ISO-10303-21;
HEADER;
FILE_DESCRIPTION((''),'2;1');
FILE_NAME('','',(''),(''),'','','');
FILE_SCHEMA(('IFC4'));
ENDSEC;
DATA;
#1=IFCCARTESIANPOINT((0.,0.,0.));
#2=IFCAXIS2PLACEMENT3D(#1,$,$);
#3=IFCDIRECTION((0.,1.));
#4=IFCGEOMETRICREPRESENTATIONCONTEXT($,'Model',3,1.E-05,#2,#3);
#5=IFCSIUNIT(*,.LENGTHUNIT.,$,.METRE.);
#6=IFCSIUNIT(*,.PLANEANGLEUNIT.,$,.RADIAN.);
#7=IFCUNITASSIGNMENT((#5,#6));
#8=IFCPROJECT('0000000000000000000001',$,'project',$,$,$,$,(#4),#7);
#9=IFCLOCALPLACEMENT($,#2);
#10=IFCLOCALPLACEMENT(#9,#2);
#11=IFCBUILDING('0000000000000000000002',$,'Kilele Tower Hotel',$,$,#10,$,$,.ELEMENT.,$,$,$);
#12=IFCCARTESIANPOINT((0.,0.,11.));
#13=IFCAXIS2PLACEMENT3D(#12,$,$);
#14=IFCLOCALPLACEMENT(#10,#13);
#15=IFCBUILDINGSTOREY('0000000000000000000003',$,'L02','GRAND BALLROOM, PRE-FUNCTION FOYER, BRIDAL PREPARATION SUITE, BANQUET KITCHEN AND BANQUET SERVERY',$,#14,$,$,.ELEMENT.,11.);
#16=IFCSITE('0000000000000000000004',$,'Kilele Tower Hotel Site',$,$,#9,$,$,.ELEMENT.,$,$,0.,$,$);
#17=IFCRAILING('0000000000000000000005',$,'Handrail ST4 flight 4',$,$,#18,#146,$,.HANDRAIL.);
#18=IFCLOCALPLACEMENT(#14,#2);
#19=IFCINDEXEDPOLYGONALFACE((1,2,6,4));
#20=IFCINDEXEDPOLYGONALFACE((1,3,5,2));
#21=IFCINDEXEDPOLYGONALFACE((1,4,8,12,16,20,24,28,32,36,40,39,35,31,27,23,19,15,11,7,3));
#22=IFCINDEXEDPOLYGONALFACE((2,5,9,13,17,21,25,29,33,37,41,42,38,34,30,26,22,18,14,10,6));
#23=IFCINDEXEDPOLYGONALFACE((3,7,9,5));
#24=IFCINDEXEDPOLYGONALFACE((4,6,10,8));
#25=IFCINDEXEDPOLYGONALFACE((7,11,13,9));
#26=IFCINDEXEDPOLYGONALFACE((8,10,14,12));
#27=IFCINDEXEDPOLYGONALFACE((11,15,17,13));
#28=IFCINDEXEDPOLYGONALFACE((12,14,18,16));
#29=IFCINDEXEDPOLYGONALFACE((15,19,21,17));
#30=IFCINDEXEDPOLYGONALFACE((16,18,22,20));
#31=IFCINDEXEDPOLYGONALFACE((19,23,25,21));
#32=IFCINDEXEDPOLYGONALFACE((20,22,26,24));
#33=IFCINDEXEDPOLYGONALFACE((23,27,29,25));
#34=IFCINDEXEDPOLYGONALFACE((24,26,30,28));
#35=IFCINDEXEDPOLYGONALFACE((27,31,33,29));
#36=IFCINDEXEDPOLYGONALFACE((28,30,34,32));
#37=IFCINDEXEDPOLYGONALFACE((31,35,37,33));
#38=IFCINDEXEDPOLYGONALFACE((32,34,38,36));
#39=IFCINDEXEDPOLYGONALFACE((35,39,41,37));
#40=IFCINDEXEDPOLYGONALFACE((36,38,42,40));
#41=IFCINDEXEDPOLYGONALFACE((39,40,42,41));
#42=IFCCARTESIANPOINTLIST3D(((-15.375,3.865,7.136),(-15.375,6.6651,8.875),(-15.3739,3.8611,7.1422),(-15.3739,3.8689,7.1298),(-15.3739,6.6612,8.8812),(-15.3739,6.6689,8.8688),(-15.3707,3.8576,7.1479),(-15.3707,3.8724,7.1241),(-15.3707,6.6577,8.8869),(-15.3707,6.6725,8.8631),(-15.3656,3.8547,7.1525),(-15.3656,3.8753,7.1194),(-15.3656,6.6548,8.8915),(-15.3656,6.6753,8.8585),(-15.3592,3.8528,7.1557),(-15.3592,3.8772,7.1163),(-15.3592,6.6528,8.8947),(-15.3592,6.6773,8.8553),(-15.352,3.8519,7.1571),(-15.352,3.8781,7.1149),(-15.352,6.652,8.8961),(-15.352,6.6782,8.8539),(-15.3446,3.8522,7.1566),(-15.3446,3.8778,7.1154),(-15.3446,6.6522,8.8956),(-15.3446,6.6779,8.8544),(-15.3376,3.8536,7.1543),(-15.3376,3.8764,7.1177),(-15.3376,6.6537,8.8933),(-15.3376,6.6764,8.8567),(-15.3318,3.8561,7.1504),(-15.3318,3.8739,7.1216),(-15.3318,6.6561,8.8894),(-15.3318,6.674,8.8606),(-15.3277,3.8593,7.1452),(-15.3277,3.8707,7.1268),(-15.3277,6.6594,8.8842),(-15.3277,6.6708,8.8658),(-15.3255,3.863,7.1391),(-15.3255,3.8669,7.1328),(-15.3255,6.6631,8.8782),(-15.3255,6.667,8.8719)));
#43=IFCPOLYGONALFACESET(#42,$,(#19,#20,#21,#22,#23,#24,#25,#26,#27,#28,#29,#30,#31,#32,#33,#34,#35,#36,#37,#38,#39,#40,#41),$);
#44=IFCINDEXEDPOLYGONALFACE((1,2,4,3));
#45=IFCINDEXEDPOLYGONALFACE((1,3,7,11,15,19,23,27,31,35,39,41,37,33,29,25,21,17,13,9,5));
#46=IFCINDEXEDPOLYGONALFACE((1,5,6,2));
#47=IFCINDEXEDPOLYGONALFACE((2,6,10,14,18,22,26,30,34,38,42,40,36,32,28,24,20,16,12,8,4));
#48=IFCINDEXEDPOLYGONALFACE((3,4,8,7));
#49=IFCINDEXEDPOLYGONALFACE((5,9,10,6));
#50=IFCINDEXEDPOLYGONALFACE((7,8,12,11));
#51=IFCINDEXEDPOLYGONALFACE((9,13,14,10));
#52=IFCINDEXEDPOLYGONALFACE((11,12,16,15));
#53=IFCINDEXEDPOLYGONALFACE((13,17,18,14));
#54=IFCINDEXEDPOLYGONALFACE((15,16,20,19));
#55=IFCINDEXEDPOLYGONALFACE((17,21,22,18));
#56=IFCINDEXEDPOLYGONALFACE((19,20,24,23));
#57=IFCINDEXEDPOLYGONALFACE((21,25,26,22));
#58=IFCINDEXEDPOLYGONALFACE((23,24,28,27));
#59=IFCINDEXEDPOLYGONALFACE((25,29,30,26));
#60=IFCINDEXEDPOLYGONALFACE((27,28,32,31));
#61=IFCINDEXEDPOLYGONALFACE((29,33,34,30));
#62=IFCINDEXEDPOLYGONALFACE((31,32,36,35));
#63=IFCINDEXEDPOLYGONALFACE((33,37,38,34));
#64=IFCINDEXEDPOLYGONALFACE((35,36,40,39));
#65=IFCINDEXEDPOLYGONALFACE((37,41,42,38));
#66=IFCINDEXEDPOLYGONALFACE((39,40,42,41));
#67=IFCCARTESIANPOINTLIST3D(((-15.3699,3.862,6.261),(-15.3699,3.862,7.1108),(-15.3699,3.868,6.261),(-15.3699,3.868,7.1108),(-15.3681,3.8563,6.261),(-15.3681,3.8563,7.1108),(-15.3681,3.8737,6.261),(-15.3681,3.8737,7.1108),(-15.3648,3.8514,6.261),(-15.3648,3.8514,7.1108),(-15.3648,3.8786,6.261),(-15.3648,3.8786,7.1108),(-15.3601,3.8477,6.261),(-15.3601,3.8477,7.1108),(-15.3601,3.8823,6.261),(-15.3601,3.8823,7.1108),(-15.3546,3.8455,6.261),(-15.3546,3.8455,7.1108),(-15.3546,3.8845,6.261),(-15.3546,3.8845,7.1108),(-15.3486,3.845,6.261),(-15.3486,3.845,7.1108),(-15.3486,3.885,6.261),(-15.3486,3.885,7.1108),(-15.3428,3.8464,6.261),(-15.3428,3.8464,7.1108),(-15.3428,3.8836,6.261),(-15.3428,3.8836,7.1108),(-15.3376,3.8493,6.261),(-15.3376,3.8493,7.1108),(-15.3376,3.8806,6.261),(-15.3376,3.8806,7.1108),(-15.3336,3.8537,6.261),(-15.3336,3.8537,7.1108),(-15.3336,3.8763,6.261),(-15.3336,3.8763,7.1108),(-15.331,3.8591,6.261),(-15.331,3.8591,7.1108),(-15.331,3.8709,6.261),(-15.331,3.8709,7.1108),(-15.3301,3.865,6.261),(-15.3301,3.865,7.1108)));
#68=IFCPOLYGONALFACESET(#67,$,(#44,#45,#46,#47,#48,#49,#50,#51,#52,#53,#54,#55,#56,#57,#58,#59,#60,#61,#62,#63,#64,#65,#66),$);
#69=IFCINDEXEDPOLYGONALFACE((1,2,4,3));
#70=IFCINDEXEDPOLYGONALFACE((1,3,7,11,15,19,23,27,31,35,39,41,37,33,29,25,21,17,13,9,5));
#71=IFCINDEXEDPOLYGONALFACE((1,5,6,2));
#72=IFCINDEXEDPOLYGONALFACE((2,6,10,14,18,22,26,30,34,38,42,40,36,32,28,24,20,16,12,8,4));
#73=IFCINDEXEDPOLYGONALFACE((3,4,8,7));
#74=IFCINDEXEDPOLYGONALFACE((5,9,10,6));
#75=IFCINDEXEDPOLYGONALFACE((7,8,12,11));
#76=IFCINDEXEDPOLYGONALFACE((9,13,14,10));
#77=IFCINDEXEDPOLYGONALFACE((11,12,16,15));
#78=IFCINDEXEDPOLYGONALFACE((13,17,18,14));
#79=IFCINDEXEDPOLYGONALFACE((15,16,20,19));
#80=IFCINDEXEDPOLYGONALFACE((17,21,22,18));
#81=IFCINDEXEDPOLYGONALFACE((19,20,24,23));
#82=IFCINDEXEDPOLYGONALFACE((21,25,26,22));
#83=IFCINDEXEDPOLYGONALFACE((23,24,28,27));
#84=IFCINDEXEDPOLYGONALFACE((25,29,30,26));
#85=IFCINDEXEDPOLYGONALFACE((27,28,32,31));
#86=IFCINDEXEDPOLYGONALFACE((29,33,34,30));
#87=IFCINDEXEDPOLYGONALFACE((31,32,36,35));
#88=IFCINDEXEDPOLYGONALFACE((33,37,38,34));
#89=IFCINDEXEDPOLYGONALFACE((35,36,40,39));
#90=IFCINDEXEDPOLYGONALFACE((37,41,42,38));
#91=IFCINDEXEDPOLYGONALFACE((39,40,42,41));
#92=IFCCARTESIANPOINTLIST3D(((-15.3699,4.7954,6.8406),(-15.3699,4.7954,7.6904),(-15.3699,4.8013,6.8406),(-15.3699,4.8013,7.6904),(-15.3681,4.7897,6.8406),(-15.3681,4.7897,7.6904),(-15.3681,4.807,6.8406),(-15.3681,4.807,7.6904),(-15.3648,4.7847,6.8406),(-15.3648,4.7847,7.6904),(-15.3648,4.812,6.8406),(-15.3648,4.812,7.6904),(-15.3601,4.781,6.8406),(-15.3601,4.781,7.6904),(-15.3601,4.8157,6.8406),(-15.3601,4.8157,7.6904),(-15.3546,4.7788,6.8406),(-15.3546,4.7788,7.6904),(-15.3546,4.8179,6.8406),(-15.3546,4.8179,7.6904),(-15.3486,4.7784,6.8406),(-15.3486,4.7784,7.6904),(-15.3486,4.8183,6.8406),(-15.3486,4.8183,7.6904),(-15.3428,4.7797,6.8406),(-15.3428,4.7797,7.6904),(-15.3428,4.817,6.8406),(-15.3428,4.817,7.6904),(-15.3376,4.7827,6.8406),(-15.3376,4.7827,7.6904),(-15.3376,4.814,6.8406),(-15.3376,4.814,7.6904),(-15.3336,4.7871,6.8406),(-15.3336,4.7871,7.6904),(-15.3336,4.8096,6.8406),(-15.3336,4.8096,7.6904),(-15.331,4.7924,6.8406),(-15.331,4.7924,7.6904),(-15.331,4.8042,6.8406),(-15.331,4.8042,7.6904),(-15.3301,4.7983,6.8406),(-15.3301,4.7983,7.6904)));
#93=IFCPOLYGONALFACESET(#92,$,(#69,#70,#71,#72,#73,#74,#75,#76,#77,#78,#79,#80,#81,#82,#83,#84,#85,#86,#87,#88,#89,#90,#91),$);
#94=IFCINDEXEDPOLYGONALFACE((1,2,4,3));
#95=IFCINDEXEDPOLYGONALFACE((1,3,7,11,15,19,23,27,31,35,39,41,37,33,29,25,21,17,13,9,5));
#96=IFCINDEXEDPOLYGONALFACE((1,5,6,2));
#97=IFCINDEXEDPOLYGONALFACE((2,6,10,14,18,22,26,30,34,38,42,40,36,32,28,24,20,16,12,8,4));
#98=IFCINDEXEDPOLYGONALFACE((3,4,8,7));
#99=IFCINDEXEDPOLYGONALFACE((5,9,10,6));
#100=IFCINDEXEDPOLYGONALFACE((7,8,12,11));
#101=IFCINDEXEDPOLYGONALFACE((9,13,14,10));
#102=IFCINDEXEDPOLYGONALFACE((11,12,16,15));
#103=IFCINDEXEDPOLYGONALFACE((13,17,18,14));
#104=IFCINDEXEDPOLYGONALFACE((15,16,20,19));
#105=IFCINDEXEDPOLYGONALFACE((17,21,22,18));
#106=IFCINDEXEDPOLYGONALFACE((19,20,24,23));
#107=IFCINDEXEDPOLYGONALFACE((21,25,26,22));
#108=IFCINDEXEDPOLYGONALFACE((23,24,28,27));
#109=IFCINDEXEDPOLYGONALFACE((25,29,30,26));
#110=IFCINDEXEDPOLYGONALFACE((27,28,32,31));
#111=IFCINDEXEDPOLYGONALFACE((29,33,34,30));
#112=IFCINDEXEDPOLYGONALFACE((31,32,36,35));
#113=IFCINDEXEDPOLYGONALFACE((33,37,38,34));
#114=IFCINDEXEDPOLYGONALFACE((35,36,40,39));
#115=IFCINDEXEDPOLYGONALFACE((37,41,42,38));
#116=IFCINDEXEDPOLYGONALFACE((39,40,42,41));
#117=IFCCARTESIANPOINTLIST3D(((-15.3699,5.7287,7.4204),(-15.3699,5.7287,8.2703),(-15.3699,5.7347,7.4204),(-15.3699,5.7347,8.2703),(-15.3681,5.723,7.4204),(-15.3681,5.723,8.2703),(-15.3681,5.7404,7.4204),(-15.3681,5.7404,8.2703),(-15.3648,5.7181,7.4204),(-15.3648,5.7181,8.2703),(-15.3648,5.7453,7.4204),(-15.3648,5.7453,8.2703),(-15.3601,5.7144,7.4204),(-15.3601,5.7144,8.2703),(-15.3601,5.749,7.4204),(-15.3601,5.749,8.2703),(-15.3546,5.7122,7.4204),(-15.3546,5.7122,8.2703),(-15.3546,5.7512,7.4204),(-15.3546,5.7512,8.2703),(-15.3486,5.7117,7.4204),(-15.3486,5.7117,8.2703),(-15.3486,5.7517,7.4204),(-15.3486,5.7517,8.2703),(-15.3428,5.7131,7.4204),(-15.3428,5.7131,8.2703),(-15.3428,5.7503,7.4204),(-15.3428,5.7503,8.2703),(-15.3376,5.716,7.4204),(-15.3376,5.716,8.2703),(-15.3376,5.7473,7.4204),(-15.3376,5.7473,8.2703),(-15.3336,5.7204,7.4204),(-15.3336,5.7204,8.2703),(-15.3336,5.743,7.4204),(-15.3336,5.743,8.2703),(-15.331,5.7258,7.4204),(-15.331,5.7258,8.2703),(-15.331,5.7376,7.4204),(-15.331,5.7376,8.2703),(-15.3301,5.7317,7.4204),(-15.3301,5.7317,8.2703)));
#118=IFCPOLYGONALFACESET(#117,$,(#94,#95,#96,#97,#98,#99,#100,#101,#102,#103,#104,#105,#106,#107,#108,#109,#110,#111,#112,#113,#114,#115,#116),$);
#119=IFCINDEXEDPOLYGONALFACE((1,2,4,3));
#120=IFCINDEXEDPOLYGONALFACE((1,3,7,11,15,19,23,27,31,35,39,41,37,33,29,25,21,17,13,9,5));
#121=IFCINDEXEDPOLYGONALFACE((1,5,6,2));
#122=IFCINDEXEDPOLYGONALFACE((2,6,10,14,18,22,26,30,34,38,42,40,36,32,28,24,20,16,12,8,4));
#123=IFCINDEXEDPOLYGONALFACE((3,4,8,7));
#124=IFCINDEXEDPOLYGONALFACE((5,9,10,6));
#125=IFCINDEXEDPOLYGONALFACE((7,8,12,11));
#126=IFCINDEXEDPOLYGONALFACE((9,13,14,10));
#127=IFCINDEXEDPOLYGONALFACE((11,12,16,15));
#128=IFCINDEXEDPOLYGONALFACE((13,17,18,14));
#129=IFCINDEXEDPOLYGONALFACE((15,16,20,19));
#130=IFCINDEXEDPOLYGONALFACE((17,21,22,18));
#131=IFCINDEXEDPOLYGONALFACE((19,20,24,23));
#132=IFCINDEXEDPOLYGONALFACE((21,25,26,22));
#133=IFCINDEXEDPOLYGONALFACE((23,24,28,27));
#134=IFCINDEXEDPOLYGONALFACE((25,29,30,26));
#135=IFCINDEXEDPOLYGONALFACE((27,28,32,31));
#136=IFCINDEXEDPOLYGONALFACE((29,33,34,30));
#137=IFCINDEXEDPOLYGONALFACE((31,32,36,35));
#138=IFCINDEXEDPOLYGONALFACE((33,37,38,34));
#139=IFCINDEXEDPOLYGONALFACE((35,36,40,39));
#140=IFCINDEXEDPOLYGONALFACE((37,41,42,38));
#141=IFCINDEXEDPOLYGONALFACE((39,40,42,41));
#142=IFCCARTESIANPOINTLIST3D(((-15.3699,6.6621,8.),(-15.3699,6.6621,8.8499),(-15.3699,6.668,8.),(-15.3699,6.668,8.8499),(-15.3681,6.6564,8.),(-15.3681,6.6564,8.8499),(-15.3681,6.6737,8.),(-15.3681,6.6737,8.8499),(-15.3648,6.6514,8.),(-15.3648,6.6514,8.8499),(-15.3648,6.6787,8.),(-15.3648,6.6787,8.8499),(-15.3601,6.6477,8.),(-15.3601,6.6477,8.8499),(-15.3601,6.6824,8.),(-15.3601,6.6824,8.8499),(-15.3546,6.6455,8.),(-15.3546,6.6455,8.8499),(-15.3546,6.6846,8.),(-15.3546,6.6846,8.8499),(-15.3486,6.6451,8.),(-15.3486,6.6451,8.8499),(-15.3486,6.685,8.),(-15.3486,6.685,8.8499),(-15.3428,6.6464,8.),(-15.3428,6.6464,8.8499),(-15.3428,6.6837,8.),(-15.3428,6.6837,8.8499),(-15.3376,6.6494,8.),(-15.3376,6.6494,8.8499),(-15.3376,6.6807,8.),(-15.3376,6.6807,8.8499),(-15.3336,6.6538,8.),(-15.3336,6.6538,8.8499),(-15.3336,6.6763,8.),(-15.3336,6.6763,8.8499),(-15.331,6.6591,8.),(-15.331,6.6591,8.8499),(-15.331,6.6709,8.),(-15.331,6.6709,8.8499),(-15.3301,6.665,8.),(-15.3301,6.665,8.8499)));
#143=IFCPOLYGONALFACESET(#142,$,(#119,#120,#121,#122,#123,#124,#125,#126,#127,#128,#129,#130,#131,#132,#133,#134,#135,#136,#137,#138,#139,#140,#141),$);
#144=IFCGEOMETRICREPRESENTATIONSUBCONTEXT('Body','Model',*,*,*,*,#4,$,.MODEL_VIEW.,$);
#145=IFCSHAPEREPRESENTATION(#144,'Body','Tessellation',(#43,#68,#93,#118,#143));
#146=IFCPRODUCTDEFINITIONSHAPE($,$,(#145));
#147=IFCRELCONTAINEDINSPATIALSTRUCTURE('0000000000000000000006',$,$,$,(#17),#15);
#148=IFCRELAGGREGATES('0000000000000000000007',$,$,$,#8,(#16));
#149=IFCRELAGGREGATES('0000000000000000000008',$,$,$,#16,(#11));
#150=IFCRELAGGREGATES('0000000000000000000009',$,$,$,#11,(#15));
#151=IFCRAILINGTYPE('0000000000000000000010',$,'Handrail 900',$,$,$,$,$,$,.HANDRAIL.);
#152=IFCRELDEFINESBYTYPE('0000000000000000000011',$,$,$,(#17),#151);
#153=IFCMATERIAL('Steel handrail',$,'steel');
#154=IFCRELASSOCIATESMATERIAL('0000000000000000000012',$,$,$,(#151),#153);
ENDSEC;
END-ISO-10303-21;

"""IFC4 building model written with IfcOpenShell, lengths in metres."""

from ifc_helpers import new_model, si_unit, direction, frame, origin, origin_2d, place, context, subcontext, project, spatial, circle, extrude, material, type_object, element, save


model = new_model("IFC4")

# Units and contexts
model_context = context("Model", 3, precision=1e-05, world=origin(), true_north=direction((0.0, 1.0)))
body_context = subcontext(model_context, "Body", "Model", "MODEL_VIEW")
ifc_project = project(units=[si_unit("LENGTHUNIT", "METRE"), si_unit("PLANEANGLEUNIT", "RADIAN")], contexts=[model_context])

# Site, building, storey
site_placement = place(None, origin())
site = spatial("IfcSite", under=ifc_project, at=site_placement, Name="Kilele Tower Hotel Site", CompositionType="ELEMENT", RefElevation=0.0)
building_placement = place(site_placement, origin())
building = spatial("IfcBuilding", under=site, at=building_placement, Name="Kilele Tower Hotel", CompositionType="ELEMENT")
storey_placement = place(building_placement, frame((0.0, 0.0, 11.0)))
storey = spatial("IfcBuildingStorey", under=building, at=storey_placement, Name="L02", Description="GRAND BALLROOM, PRE-FUNCTION FOYER, BRIDAL PREPARATION SUITE, BANQUET KITCHEN AND BANQUET SERVERY", CompositionType="ELEMENT", Elevation=11.0)

# Railing
ifc_material_1 = material(Name="Steel handrail", Category="steel")
railing_type_1 = type_object("IfcRailingType", Name="Handrail 900", PredefinedType="HANDRAIL", material=ifc_material_1)
railing_1_placement = place(storey_placement, frame((-15.3501, 3.865, 6.261)))
element("IfcRailing", 1, at=railing_1_placement, inside=storey, type_object=railing_type_1, Name="Handrail ST4 flight 4", PredefinedType="HANDRAIL", context=body_context, shape_type="SweptSolid", body=[
    extrude(circle(Radius=0.0249, at=origin_2d()), frame((0.0, 0.0, 0.875), z_axis=(0.0, 0.849497, 0.527593), x_axis=(-1.0, 0.0, 0.0)), (0.0, 0.0, 1.0), 3.2961),
    extrude(circle(Radius=0.02, at=origin_2d()), origin(), (0.0, 0.0, 1.0), 0.8499),
    extrude(circle(Radius=0.02, at=origin_2d()), frame((0.0, 0.9333, 0.5796)), (0.0, 0.0, 1.0), 0.8499),
    extrude(circle(Radius=0.02, at=origin_2d()), frame((0.0, 1.8667, 1.1594)), (0.0, 0.0, 1.0), 0.8499),
    extrude(circle(Radius=0.02, at=origin_2d()), frame((0.0, 2.8, 1.739)), (0.0, 0.0, 1.0), 0.8499),
])

save(model, "model.ifc")
